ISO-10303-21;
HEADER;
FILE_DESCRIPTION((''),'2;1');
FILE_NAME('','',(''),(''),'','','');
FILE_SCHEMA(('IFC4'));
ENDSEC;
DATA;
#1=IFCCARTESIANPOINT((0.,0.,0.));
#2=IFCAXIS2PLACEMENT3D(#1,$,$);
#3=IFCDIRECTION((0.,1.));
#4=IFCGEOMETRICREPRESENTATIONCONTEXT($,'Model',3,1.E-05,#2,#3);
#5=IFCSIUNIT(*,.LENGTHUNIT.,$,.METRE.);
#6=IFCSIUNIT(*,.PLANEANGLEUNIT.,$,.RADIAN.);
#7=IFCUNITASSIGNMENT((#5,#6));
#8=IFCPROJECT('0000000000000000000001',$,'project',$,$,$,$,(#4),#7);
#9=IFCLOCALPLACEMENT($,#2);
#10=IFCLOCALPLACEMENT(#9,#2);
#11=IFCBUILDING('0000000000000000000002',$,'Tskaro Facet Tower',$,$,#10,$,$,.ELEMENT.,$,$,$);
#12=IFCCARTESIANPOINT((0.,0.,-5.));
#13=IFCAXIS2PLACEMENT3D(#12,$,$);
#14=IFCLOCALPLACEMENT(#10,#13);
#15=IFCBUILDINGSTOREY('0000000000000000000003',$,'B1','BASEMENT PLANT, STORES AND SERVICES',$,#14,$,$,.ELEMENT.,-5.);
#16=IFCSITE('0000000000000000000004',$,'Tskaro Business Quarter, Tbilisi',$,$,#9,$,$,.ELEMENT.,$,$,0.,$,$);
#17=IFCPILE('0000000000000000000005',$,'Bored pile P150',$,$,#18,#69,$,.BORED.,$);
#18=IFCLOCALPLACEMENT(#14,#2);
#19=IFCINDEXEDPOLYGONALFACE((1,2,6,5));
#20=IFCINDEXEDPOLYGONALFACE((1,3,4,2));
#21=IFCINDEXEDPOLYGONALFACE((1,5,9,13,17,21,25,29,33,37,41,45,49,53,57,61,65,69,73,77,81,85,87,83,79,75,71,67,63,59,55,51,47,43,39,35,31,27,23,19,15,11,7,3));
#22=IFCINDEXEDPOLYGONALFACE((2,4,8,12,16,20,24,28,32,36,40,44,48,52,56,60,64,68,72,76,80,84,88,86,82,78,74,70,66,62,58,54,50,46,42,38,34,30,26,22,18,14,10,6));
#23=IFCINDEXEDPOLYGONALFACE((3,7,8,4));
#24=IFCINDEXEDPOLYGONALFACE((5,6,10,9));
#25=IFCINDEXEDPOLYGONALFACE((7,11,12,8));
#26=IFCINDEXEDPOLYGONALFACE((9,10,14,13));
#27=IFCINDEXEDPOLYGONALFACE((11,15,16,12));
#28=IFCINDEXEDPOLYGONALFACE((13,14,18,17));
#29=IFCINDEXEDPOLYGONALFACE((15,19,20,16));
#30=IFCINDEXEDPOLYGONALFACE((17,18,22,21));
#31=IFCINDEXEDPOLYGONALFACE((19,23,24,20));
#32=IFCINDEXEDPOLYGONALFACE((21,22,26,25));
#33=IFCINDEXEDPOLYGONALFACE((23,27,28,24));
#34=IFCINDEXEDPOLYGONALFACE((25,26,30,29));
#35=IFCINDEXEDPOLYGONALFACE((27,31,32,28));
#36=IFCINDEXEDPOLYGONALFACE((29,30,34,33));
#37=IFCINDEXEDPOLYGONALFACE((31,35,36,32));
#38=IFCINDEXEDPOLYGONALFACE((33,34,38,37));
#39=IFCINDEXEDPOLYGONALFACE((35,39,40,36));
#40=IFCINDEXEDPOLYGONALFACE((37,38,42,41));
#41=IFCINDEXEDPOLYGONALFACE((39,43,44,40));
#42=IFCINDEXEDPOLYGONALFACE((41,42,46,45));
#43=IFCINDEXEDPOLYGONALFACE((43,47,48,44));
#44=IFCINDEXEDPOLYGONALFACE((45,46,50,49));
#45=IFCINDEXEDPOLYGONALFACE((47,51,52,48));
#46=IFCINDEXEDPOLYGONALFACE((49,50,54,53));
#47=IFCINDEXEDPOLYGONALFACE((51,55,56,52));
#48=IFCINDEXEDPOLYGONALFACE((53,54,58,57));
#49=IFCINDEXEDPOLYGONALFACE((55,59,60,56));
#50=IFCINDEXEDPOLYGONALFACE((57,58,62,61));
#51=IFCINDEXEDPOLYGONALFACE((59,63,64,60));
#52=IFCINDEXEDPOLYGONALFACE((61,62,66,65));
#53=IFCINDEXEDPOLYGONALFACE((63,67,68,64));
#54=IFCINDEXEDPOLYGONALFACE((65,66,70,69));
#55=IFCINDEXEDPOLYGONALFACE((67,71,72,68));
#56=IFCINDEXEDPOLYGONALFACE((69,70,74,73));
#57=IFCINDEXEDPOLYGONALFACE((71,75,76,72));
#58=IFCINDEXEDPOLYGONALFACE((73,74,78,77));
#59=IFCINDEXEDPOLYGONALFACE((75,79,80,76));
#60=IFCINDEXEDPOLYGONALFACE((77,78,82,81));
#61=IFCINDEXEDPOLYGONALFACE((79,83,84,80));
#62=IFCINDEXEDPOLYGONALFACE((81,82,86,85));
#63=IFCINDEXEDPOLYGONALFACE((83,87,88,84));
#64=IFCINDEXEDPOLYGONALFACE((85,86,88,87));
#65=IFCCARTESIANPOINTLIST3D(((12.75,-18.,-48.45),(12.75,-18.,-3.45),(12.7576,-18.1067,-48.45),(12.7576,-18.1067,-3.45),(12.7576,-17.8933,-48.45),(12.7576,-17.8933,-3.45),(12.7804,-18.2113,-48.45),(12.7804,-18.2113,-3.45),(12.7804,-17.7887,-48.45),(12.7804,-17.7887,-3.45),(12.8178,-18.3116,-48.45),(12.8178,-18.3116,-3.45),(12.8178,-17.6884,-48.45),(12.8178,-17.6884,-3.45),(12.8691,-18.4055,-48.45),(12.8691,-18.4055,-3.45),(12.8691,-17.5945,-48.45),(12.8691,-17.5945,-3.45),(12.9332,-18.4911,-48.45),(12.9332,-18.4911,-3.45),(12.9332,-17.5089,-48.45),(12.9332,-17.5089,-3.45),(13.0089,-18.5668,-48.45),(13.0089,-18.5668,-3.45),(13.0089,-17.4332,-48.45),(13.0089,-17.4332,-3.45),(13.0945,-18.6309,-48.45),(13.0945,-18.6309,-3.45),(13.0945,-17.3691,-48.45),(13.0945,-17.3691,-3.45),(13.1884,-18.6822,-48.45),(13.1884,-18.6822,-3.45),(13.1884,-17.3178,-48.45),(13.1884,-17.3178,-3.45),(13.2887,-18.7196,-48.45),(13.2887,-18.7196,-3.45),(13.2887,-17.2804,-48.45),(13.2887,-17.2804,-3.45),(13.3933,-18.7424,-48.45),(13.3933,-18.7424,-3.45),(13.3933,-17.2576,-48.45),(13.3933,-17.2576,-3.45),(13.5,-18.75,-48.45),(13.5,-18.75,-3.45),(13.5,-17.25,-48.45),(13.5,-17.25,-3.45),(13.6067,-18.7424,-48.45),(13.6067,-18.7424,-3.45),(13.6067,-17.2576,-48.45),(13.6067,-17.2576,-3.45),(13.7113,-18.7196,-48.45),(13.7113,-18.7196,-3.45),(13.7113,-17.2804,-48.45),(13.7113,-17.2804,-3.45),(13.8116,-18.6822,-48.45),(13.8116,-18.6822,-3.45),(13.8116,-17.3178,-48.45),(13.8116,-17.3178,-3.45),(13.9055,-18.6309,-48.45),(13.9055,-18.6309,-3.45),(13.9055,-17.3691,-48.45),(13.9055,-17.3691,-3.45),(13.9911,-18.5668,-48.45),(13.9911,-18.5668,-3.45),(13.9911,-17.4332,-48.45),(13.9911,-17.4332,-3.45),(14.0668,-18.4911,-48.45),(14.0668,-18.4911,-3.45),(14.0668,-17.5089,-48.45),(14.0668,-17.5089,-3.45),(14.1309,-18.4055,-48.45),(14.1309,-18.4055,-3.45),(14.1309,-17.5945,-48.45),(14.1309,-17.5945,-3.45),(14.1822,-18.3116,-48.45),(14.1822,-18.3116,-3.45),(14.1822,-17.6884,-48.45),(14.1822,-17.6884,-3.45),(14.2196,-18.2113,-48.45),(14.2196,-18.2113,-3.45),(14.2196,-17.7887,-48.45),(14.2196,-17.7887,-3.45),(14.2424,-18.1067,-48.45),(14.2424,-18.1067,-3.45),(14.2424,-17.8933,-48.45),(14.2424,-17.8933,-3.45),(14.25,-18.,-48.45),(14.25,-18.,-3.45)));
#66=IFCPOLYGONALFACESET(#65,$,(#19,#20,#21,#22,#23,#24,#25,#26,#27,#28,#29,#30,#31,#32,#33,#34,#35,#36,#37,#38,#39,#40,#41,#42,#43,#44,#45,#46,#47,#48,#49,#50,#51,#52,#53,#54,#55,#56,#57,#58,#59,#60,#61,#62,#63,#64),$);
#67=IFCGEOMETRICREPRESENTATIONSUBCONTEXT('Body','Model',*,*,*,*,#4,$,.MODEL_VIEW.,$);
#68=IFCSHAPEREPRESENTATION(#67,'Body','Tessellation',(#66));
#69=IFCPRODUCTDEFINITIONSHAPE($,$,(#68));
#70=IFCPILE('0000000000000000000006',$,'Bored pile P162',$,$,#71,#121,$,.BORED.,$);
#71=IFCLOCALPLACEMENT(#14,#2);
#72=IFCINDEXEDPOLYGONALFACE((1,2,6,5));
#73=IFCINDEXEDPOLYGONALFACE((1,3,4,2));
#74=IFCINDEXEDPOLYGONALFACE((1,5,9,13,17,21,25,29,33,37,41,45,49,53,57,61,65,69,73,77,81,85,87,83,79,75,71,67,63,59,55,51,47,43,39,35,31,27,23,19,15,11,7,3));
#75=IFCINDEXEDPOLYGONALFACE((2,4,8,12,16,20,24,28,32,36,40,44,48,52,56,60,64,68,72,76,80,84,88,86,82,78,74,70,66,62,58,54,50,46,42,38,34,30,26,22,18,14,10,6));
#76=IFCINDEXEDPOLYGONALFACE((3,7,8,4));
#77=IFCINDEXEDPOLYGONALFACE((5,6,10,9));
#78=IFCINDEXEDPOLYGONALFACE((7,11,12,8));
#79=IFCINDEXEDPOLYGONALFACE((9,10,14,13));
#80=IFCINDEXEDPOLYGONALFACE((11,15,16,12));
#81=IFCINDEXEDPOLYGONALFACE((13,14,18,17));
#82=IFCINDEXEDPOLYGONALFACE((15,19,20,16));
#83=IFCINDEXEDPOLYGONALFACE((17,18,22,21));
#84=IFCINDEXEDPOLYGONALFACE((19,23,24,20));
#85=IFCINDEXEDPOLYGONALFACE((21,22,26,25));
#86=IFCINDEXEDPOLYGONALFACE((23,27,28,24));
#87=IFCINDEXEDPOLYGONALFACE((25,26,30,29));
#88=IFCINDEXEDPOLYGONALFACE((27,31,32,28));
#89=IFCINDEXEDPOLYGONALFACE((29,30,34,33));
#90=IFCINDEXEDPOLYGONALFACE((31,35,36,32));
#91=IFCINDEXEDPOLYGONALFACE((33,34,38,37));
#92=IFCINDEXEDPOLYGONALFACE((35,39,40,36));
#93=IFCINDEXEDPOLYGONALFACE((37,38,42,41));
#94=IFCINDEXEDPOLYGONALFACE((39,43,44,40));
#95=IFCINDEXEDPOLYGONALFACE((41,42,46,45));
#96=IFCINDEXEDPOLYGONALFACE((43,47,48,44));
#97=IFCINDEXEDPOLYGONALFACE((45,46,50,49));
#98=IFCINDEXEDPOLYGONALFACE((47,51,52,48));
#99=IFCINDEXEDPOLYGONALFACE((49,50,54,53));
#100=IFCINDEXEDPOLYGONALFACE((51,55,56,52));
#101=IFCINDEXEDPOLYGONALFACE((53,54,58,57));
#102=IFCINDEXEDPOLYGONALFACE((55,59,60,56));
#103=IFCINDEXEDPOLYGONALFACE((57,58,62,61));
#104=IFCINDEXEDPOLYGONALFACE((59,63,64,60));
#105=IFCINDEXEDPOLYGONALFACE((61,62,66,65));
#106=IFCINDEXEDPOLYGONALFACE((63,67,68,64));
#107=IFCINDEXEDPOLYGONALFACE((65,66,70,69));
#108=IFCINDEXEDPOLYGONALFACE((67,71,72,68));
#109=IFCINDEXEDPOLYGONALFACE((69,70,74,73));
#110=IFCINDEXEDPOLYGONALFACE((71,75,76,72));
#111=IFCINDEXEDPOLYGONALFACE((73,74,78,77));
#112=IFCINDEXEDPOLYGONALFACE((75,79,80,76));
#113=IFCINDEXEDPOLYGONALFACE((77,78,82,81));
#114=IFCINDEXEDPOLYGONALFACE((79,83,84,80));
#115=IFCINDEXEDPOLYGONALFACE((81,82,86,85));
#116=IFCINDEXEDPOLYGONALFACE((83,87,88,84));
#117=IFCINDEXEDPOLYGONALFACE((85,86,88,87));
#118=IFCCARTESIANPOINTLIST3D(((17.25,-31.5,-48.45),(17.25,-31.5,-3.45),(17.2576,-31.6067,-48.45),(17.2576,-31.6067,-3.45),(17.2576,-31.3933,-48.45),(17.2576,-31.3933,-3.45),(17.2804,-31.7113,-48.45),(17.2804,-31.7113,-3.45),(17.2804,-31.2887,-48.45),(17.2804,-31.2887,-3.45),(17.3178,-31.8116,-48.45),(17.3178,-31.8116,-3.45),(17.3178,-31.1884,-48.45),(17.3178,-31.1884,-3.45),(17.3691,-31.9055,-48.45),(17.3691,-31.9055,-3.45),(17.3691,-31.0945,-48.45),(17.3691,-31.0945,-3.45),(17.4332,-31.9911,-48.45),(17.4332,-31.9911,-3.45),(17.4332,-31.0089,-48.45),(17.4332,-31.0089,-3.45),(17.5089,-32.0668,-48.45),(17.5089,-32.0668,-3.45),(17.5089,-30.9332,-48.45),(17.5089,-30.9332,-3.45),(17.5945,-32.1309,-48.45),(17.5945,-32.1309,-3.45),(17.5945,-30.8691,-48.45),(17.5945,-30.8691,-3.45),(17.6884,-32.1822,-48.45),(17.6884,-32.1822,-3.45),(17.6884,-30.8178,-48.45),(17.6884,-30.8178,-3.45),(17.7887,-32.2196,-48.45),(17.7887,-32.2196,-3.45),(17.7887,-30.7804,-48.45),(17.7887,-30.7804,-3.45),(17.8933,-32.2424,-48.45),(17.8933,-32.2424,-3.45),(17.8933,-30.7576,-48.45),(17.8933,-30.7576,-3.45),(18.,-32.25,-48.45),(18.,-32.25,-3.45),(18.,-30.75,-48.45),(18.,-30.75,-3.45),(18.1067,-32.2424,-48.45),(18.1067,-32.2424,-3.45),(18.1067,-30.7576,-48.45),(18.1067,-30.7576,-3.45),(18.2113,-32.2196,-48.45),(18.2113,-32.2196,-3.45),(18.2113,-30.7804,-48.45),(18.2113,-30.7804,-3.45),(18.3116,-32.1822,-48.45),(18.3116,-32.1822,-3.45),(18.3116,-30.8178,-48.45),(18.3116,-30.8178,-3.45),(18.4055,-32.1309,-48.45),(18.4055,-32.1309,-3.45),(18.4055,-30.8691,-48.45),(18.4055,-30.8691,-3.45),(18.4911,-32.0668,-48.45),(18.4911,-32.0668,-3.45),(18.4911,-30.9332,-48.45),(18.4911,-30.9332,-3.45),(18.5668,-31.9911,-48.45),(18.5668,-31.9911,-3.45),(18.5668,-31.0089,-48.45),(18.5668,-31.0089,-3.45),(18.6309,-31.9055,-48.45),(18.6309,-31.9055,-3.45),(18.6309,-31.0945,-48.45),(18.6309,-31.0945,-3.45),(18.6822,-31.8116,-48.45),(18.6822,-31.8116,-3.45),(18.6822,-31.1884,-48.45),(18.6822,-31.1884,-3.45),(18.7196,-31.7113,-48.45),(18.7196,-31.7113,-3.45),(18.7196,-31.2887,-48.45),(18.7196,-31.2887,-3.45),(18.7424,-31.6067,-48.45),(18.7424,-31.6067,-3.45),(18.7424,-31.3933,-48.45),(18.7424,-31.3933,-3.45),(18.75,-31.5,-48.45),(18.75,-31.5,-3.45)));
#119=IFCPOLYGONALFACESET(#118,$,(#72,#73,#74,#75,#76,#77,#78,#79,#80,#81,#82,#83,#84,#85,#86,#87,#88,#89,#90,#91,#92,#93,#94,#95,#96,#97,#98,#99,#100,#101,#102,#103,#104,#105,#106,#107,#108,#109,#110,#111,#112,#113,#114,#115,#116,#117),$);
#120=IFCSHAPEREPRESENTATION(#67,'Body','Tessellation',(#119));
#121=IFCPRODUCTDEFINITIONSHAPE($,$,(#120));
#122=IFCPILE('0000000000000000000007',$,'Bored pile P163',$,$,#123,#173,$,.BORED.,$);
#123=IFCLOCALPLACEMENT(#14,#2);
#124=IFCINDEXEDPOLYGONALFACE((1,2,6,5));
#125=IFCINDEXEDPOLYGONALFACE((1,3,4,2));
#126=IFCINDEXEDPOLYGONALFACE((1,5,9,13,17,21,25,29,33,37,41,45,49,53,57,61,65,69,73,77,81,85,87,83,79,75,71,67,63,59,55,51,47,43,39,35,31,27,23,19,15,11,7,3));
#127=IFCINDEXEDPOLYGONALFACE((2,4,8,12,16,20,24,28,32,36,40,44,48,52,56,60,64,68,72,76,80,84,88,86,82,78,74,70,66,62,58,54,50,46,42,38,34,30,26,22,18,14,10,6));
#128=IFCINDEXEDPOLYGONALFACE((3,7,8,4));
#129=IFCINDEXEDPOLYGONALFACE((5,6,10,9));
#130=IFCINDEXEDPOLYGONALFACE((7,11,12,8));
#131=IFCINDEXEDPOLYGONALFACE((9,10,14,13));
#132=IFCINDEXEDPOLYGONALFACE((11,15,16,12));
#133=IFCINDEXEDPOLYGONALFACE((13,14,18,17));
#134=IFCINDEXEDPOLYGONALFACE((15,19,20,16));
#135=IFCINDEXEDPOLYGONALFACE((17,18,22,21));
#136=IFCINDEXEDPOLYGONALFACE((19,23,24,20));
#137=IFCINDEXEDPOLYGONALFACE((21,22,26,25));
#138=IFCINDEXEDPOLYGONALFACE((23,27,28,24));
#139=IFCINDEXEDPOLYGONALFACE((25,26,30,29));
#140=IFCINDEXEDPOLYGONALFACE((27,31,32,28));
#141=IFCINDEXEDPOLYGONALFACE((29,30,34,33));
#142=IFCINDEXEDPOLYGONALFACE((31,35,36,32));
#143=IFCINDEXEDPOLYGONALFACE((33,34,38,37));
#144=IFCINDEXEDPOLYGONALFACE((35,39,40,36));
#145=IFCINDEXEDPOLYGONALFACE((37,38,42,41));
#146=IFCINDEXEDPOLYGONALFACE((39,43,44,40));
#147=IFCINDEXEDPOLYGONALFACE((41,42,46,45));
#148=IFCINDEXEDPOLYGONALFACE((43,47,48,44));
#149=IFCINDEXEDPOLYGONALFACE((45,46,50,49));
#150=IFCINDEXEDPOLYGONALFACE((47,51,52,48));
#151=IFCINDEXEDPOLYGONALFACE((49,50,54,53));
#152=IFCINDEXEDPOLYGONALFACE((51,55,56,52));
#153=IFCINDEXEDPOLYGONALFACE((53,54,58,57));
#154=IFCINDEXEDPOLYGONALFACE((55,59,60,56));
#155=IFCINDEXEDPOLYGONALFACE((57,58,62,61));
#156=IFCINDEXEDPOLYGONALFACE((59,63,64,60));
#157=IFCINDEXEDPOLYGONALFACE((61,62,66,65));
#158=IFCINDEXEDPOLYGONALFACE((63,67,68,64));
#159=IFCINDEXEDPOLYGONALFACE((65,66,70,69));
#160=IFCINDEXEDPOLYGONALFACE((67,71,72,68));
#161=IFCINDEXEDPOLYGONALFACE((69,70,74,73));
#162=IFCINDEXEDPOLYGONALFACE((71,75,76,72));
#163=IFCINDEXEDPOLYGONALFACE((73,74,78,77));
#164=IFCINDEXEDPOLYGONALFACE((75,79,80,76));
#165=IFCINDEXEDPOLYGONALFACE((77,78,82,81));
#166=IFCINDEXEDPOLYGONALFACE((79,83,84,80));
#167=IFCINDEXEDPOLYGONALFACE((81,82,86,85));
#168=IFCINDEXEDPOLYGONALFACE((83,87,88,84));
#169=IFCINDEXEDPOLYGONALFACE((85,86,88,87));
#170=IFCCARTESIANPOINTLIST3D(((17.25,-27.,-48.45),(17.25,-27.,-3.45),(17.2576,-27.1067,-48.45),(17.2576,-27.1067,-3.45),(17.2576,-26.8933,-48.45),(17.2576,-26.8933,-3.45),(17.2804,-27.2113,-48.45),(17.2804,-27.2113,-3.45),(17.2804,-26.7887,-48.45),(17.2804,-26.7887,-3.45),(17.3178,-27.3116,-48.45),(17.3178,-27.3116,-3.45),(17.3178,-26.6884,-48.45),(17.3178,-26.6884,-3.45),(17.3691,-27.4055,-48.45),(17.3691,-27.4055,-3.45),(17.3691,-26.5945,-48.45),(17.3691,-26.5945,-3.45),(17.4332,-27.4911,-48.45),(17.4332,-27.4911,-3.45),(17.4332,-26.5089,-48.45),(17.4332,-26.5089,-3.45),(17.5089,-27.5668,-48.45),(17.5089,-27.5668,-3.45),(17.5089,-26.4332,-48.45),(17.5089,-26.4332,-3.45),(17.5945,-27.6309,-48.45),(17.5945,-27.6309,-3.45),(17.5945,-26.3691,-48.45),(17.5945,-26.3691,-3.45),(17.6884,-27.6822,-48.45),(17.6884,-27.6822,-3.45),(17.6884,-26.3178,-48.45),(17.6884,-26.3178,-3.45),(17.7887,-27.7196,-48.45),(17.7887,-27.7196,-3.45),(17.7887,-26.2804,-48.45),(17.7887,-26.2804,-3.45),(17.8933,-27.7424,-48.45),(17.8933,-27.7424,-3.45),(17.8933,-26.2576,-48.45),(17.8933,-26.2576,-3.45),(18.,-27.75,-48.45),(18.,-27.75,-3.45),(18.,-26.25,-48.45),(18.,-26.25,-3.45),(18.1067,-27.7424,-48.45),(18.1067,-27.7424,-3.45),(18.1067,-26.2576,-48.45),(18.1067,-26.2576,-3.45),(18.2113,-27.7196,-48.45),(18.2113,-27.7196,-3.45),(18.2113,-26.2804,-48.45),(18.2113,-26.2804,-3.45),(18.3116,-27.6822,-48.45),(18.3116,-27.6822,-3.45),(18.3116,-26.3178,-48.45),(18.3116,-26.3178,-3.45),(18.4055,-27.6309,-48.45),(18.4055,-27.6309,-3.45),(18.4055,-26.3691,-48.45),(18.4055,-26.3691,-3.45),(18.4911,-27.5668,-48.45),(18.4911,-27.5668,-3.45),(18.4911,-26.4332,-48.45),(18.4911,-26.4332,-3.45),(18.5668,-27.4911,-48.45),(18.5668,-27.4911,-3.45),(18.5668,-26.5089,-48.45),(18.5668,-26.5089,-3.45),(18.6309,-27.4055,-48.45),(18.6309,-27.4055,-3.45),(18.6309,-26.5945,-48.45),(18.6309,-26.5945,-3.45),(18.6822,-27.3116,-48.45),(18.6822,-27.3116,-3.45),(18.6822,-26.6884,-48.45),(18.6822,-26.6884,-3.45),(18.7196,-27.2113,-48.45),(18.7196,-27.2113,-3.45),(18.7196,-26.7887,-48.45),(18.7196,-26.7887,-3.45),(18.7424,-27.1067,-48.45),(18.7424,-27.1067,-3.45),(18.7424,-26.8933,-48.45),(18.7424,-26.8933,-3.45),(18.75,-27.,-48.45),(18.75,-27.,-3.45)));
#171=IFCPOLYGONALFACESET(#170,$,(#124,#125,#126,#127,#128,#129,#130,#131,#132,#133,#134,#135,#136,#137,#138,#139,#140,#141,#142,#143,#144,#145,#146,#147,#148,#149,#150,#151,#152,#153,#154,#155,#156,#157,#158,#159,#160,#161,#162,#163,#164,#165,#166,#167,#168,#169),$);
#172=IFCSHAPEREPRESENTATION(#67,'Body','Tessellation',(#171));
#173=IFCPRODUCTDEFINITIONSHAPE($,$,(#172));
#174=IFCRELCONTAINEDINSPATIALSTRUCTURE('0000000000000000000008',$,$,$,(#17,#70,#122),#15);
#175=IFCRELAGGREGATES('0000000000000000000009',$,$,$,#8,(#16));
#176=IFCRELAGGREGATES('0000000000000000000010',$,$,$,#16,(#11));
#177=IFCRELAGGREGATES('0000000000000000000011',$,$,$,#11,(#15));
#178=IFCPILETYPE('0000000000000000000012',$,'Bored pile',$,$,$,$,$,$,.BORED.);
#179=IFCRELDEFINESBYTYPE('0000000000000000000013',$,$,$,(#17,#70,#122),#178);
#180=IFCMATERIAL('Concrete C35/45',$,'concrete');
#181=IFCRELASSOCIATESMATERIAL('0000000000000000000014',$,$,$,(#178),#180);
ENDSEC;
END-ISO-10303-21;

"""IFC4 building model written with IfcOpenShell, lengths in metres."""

from ifc_helpers import new_model, si_unit, direction, frame, origin, origin_2d, place, context, subcontext, project, spatial, circle, extrude, material, material_profile, profile_set, type_object, element, save


model = new_model("IFC4")

# Units and contexts
model_context = context("Model", 3, precision=1e-05, world=origin(), true_north=direction((0.0, 1.0)))
body_context = subcontext(model_context, "Body", "Model", "MODEL_VIEW")
ifc_project = project(units=[si_unit("LENGTHUNIT", "METRE"), si_unit("PLANEANGLEUNIT", "RADIAN")], contexts=[model_context])

# Site, building, storey
site_placement = place(None, origin())
site = spatial("IfcSite", under=ifc_project, at=site_placement, Name="Tskaro Business Quarter, Tbilisi", CompositionType="ELEMENT", RefElevation=0.0)
building_placement = place(site_placement, origin())
building = spatial("IfcBuilding", under=site, at=building_placement, Name="Tskaro Facet Tower", CompositionType="ELEMENT")
storey_placement = place(building_placement, frame((0.0, 0.0, -5.0)))
storey = spatial("IfcBuildingStorey", under=building, at=storey_placement, Name="B1", Description="BASEMENT PLANT, STORES AND SERVICES", CompositionType="ELEMENT", Elevation=-5.0)

# Piles
ifc_material_1 = material(Name="Concrete C35/45", Category="concrete")
ifc_material_profile_1 = material_profile(ifc_material_1, circle(Radius=0.75, at=origin_2d()), Name="Bored pile")
ifc_profile_set_1 = profile_set([ifc_material_profile_1], Name="Concrete C35/45")
pile_type = type_object("IfcPileType", Name="Bored pile", PredefinedType="BORED", material=ifc_profile_set_1)
for number, where, z_axis, x_axis, name in (
    (1, (13.5, -18.0, -3.45), (0.0, 0.0, -1.0), (1.0, 0.0, 0.0), "Bored pile P150"),
    (2, (18.0, -31.5, -3.45), (0.0, 0.0, -1.0), (1.0, 0.0, 0.0), "Bored pile P162"),
    (3, (18.0, -27.0, -3.45), (0.0, 0.0, -1.0), (1.0, 0.0, 0.0), "Bored pile P163"),
):
    element("IfcPile", number, at=place(storey_placement, frame(where, z_axis=z_axis, x_axis=x_axis)), inside=storey, type_object=pile_type, Name=name, PredefinedType="BORED", context=body_context, shape_type="SweptSolid", body=[
        extrude(circle(Radius=0.75, at=origin_2d()), origin(), (0.0, 0.0, 1.0), 45.0),
    ])

save(model, "model.ifc")
